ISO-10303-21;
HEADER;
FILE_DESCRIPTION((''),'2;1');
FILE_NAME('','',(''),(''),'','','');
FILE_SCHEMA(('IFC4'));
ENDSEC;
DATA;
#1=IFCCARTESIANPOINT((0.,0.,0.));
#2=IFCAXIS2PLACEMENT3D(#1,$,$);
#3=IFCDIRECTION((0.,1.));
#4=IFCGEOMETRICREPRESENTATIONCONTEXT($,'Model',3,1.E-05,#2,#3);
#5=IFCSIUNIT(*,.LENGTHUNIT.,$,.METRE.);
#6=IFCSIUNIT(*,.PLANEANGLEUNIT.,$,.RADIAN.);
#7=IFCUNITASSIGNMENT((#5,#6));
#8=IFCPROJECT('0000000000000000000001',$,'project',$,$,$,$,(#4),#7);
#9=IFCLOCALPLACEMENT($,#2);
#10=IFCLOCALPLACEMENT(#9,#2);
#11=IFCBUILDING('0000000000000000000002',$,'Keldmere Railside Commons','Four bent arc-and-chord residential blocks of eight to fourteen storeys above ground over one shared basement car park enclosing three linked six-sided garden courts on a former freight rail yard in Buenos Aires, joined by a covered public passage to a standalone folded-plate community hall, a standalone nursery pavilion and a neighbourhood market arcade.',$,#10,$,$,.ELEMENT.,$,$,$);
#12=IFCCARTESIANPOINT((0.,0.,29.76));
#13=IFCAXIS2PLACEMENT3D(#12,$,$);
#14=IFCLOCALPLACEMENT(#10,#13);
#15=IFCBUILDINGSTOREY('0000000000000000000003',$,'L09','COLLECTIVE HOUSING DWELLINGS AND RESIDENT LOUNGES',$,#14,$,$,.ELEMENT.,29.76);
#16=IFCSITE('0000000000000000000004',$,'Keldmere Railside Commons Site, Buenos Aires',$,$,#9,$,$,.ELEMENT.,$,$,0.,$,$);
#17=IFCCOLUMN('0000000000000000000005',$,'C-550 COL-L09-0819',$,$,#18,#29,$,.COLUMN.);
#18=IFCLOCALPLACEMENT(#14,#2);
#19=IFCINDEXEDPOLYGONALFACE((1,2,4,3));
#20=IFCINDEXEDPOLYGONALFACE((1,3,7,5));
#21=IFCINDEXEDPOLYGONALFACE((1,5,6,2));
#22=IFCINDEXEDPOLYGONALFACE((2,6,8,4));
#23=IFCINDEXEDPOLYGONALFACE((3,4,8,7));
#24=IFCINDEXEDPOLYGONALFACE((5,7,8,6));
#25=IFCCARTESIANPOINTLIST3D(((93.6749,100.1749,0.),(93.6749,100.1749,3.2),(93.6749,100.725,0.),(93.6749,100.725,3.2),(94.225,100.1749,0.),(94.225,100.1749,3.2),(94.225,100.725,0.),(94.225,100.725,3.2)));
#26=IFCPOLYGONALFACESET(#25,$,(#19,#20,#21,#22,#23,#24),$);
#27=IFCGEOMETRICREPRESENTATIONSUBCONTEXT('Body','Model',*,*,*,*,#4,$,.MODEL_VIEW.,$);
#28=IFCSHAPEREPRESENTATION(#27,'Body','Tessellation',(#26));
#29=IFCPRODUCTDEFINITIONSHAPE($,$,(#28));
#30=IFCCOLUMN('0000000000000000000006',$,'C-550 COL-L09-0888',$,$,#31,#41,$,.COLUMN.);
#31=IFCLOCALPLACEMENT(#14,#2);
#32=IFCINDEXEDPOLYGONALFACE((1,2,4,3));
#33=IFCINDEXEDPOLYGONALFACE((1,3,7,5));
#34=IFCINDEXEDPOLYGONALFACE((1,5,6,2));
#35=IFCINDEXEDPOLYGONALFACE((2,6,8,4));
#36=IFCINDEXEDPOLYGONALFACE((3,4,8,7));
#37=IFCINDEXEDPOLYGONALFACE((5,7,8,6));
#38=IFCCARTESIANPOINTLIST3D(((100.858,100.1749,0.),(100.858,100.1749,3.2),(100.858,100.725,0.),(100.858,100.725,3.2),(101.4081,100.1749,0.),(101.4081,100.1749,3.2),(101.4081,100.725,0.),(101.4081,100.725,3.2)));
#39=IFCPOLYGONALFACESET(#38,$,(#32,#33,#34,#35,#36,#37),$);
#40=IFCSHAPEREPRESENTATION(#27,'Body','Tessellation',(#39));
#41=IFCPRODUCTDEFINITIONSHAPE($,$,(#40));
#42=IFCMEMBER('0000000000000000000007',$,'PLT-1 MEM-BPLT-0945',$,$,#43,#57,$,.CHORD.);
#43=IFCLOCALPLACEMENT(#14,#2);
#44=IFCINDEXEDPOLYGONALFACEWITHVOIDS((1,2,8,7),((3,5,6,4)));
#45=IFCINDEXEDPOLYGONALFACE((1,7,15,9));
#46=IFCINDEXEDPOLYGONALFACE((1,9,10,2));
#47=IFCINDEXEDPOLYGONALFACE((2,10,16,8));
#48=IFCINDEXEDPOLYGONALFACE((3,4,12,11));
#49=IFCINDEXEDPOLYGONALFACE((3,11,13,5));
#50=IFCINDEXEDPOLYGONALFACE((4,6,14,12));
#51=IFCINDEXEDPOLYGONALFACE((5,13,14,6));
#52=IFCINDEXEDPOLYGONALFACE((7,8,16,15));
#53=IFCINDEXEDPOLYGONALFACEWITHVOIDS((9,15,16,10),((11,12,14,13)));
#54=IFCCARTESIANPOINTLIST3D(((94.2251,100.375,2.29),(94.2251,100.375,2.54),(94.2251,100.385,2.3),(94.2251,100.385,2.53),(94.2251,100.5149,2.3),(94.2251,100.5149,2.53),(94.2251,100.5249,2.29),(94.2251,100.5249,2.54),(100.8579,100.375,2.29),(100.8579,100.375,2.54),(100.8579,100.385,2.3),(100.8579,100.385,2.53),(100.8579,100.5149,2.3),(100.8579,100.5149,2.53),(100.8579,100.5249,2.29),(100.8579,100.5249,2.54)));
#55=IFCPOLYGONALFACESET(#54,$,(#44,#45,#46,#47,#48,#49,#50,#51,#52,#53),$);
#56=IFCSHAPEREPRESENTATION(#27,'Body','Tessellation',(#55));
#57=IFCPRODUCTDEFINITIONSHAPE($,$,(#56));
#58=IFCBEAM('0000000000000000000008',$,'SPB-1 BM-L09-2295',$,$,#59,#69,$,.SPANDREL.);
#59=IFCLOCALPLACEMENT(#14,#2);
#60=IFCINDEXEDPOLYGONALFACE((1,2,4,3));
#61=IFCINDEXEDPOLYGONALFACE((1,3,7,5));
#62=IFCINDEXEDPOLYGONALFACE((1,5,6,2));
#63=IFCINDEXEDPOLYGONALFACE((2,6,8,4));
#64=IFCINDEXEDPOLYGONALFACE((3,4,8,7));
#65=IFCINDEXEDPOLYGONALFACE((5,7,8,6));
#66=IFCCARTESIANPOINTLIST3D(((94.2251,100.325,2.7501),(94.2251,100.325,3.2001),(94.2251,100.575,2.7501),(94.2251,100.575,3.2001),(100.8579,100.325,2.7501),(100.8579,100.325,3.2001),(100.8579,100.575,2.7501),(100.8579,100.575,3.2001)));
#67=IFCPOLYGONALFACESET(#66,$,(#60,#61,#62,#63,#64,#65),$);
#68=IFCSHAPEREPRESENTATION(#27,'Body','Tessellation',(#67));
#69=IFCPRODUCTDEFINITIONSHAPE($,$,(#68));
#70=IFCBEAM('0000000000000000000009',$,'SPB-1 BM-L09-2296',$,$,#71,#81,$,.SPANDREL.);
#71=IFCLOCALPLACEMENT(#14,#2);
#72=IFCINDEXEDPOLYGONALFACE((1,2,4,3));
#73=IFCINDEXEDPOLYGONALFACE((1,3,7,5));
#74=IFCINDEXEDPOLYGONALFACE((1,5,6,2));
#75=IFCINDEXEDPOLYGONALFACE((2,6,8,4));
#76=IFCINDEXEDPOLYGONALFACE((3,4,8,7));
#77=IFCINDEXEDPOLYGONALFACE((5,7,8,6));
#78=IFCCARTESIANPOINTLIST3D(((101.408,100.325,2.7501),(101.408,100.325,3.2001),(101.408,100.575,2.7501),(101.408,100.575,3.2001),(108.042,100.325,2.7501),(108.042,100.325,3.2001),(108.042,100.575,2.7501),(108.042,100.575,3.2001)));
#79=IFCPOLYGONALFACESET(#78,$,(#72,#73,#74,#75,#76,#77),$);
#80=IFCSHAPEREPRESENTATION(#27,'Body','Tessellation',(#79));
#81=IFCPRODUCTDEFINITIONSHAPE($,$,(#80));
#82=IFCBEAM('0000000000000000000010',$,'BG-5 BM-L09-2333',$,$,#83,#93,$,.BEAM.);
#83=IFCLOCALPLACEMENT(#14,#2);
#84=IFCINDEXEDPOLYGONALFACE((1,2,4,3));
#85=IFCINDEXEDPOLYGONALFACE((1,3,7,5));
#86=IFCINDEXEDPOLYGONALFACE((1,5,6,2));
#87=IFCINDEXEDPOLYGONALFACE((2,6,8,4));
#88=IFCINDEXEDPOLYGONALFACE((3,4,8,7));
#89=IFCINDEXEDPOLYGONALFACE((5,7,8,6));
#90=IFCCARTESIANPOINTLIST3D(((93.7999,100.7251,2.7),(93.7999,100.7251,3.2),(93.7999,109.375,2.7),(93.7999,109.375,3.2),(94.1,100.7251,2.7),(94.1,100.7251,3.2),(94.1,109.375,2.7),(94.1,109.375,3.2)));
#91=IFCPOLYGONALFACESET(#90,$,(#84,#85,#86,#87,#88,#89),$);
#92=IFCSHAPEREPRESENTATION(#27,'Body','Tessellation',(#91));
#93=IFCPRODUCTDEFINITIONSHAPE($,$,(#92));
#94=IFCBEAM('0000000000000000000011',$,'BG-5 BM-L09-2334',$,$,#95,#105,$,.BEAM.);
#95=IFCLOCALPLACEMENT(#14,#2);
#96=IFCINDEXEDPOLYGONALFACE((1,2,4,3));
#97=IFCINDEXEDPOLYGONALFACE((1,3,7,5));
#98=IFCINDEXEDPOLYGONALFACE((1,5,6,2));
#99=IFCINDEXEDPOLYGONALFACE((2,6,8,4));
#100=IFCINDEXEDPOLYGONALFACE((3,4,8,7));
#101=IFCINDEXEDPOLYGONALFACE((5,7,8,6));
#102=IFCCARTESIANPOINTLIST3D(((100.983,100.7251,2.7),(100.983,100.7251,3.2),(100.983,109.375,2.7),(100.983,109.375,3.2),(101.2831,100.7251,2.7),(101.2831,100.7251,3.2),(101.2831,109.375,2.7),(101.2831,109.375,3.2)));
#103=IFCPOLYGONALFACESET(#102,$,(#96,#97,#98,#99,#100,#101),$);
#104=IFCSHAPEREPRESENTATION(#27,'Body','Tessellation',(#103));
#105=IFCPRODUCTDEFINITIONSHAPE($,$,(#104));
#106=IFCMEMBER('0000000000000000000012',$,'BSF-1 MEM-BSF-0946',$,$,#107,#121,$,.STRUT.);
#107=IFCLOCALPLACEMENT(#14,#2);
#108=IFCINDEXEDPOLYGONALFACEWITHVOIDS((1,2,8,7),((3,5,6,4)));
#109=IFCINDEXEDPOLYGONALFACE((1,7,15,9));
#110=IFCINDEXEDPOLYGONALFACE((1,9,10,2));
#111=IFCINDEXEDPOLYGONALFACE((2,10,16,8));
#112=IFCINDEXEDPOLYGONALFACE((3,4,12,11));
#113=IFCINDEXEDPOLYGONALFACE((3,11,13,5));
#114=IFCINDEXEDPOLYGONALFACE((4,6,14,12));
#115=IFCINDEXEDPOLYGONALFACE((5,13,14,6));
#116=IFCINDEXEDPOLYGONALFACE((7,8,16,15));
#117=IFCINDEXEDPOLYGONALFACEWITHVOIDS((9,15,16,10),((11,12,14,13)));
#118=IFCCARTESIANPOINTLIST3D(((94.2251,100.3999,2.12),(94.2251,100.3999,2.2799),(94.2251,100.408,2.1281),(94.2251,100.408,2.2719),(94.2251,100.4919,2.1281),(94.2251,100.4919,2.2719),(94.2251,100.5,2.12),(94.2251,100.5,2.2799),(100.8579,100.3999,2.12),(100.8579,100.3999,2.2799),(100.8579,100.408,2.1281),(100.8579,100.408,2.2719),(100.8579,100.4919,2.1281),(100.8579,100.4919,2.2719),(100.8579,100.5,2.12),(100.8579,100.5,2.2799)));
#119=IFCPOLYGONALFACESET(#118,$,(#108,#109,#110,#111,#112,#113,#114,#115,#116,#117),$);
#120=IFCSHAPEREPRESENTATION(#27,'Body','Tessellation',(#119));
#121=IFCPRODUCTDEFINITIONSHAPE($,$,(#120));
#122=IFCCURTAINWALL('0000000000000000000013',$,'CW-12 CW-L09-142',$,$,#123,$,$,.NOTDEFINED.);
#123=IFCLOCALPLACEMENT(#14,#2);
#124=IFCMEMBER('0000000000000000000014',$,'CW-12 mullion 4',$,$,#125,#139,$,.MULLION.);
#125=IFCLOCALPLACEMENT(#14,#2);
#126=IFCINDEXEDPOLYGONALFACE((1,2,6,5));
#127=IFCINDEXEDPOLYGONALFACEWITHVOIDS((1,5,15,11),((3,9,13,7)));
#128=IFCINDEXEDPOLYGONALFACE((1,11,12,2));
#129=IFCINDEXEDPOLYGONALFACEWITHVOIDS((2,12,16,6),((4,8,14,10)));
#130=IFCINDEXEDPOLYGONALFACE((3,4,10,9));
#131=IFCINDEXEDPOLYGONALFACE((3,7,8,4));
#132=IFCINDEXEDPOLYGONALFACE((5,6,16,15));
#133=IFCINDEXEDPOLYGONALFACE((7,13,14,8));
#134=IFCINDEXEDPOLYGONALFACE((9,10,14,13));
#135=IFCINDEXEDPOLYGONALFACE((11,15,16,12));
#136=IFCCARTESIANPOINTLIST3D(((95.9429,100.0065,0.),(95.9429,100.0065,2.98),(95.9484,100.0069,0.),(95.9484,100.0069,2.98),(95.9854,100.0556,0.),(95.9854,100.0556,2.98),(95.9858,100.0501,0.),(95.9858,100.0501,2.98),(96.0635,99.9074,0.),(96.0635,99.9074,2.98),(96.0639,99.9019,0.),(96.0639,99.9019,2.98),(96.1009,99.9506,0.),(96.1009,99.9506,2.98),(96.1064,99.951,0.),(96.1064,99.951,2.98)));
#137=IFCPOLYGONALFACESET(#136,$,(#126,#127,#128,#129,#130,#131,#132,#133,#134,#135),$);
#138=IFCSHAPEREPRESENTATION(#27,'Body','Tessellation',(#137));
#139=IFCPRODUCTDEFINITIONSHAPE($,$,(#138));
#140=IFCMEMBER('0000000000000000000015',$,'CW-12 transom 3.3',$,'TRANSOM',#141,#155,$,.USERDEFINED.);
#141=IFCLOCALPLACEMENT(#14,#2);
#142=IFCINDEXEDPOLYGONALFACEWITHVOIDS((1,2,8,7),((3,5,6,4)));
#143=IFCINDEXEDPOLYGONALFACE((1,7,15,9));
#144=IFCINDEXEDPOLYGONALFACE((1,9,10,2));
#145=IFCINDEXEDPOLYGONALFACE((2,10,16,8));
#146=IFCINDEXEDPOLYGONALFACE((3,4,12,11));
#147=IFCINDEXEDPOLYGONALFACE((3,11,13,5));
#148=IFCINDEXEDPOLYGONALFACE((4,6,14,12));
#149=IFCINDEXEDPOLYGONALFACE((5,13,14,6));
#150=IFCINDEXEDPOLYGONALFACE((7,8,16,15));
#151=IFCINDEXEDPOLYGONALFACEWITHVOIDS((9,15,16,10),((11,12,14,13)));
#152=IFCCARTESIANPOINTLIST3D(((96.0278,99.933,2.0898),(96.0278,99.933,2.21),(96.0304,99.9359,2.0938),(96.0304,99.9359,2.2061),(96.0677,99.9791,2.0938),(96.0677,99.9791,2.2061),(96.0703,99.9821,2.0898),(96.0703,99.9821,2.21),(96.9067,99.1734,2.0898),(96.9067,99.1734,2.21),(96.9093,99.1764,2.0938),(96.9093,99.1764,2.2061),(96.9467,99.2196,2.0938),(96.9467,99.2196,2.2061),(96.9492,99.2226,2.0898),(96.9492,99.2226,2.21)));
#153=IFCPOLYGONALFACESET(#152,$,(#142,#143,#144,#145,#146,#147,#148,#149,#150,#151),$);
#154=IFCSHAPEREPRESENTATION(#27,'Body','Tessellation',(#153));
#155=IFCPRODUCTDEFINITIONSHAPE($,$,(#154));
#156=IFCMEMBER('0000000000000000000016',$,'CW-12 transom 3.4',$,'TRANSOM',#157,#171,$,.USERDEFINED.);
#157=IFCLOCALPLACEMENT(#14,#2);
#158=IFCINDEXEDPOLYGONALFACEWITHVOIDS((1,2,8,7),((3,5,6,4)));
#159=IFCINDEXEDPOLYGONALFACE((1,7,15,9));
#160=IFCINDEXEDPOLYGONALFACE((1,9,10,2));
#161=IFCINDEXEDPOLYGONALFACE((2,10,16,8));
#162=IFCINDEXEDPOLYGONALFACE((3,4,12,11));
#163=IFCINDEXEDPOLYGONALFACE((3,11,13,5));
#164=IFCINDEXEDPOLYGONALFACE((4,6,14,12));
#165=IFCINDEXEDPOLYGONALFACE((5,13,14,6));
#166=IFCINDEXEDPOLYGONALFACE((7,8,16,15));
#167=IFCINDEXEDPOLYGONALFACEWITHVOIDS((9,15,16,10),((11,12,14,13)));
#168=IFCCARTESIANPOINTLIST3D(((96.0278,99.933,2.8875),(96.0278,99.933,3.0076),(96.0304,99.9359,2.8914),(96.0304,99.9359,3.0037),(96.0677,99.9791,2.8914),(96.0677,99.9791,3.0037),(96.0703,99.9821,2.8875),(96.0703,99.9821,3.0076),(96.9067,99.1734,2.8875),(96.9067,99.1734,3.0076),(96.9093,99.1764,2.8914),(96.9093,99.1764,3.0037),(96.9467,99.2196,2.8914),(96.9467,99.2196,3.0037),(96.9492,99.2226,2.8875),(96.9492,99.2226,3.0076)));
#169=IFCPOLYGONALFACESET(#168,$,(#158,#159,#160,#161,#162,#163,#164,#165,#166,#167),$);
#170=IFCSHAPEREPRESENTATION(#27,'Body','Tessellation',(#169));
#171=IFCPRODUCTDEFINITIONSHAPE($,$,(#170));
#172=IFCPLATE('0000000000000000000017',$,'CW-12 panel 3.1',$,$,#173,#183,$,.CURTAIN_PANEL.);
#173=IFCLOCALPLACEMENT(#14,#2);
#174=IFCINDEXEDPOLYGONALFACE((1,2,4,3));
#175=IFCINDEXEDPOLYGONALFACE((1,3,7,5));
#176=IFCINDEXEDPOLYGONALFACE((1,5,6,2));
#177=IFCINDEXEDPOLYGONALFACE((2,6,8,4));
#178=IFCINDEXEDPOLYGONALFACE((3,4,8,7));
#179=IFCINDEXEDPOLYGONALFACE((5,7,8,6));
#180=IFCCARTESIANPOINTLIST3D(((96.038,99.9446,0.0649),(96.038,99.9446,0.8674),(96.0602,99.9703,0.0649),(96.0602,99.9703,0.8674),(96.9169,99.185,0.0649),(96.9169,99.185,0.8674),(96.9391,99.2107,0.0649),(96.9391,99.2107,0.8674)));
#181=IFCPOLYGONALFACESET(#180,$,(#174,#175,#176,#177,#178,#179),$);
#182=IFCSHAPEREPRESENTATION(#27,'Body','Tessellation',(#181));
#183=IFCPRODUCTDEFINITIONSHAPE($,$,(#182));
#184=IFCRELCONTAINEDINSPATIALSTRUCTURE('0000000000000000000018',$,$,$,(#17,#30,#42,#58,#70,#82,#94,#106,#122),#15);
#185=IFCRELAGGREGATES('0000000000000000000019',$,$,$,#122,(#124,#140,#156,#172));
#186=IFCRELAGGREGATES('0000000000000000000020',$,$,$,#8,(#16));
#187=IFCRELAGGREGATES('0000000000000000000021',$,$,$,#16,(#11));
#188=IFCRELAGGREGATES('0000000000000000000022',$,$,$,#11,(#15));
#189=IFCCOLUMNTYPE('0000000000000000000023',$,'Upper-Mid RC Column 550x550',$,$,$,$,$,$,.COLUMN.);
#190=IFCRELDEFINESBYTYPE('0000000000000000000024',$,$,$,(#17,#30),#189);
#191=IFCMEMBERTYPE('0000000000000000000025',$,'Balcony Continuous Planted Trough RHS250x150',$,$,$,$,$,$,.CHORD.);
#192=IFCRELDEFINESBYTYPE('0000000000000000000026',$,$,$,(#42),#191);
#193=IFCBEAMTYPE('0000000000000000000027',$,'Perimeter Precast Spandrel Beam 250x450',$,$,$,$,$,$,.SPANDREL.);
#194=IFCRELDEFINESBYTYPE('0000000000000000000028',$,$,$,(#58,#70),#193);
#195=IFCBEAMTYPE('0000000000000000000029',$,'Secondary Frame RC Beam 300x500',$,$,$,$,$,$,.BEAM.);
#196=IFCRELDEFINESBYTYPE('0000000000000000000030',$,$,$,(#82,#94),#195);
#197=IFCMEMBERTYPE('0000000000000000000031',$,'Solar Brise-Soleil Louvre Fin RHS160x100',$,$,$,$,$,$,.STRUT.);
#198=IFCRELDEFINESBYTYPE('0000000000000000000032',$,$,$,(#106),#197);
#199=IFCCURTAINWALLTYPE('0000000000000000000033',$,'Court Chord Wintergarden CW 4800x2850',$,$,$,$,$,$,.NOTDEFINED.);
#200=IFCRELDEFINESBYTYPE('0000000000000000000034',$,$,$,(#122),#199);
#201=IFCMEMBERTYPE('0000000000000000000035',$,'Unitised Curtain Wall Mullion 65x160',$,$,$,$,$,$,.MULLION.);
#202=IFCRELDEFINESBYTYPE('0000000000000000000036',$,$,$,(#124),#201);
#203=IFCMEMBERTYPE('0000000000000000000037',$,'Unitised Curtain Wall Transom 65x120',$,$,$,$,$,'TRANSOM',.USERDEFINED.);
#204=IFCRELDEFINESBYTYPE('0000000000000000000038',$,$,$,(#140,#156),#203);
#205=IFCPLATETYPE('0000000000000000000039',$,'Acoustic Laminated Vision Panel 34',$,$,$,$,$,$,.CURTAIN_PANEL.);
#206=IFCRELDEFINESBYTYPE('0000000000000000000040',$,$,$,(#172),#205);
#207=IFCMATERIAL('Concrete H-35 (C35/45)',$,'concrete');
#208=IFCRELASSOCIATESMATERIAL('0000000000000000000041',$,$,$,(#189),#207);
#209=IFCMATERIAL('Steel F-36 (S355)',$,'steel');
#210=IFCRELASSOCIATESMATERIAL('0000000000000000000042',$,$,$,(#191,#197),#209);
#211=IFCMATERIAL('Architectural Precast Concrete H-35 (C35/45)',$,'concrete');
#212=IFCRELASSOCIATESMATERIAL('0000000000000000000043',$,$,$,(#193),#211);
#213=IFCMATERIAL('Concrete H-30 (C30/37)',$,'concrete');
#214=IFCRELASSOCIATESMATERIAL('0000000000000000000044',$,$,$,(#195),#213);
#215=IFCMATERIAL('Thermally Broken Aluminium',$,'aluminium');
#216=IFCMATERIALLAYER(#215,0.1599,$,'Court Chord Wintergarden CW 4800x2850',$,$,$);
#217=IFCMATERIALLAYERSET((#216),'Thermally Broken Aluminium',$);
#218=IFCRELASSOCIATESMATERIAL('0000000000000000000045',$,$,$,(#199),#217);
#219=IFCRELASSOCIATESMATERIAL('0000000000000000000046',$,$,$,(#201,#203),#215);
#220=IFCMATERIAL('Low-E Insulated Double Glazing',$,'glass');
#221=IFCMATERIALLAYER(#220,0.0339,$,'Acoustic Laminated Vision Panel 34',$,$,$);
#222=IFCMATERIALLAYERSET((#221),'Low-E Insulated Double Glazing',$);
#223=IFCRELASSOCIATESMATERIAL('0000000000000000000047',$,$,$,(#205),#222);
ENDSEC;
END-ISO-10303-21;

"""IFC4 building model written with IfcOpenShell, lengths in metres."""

from ifc_helpers import new_model, si_unit, direction, frame, origin, origin_2d, place, context, subcontext, project, spatial, rectangle, hollow_rectangle, extrude, material, layer, layer_set, material_profile, profile_set, type_object, element, aggregate, save


model = new_model("IFC4")

# Units and contexts
model_context = context("Model", 3, precision=1e-05, world=origin(), true_north=direction((0.0, 1.0)))
body_context = subcontext(model_context, "Body", "Model", "MODEL_VIEW")
ifc_project = project(units=[si_unit("LENGTHUNIT", "METRE"), si_unit("PLANEANGLEUNIT", "RADIAN")], contexts=[model_context])

# Site, building, storey
site_placement = place(None, origin())
site = spatial("IfcSite", under=ifc_project, at=site_placement, Name="Keldmere Railside Commons Site, Buenos Aires", CompositionType="ELEMENT", RefElevation=0.0)
building_placement = place(site_placement, origin())
building = spatial("IfcBuilding", under=site, at=building_placement, Name="Keldmere Railside Commons", Description="Four bent arc-and-chord residential blocks of eight to fourteen storeys above ground over one shared basement car park enclosing three linked six-sided garden courts on a former freight rail yard in Buenos Aires, joined by a covered public passage to a standalone folded-plate community hall, a standalone nursery pavilion and a neighbourhood market arcade.", CompositionType="ELEMENT")
storey_placement = place(building_placement, frame((0.0, 0.0, 29.76)))
storey = spatial("IfcBuildingStorey", under=building, at=storey_placement, Name="L09", Description="COLLECTIVE HOUSING DWELLINGS AND RESIDENT LOUNGES", CompositionType="ELEMENT", Elevation=29.76)

# Columns
ifc_material_1 = material(Name="Concrete H-35 (C35/45)", Category="concrete")
ifc_material_profile_1 = material_profile(ifc_material_1, rectangle(XDim=0.55, YDim=0.55, at=origin_2d()), Name="RC-550x550")
ifc_profile_set_1 = profile_set([ifc_material_profile_1], Name="Concrete H-35 (C35/45)")
column_type = type_object("IfcColumnType", Name="Upper-Mid RC Column 550x550", PredefinedType="COLUMN", material=ifc_profile_set_1)
for number, where, z_axis, x_axis, name in (
    (1, (93.95, 100.45, 0.0), (0.0, 0.0, 1.0), (1.0, 0.0, 0.0), "C-550 COL-L09-0819"),
    (2, (101.1331, 100.45, 0.0), (0.0, 0.0, 1.0), (1.0, 0.0, 0.0), "C-550 COL-L09-0888"),
):
    element("IfcColumn", number, at=place(storey_placement, frame(where, z_axis=z_axis, x_axis=x_axis)), inside=storey, type_object=column_type, Name=name, PredefinedType="COLUMN", context=body_context, shape_type="SweptSolid", body=[
        extrude(rectangle(XDim=0.55, YDim=0.55, at=origin_2d()), origin(), (0.0, 0.0, 1.0), 3.2),
    ])

# Member
ifc_material_2 = material(Name="Steel F-36 (S355)", Category="steel")
ifc_material_profile_2 = material_profile(ifc_material_2, hollow_rectangle(XDim=0.1499, YDim=0.25, WallThickness=0.01, at=origin_2d()), Name="RHS-250x150x10")
ifc_profile_set_2 = profile_set([ifc_material_profile_2], Name="Steel F-36 (S355)")
member_type_1 = type_object("IfcMemberType", Name="Balcony Continuous Planted Trough RHS250x150", PredefinedType="CHORD", material=ifc_profile_set_2)
member_1_placement = place(storey_placement, frame((94.2251, 100.45, 2.415), z_axis=(1.0, 0.0, 0.0), x_axis=(0.0, 1.0, 0.0)))
element("IfcMember", 3, at=member_1_placement, inside=storey, type_object=member_type_1, Name="PLT-1 MEM-BPLT-0945", PredefinedType="CHORD", context=body_context, shape_type="SweptSolid", body=[
    extrude(hollow_rectangle(XDim=0.1499, YDim=0.25, WallThickness=0.01, at=origin_2d()), origin(), (0.0, 0.0, 1.0), 6.6328),
])

# Beams
ifc_material_3 = material(Name="Architectural Precast Concrete H-35 (C35/45)", Category="concrete")
ifc_material_profile_3 = material_profile(ifc_material_3, rectangle(XDim=0.25, YDim=0.45, at=origin_2d()), Name="RC-250x450")
ifc_profile_set_3 = profile_set([ifc_material_profile_3], Name="Architectural Precast Concrete H-35 (C35/45)")
beam_type_1 = type_object("IfcBeamType", Name="Perimeter Precast Spandrel Beam 250x450", PredefinedType="SPANDREL", material=ifc_profile_set_3)
beam_1_placement = place(storey_placement, frame((94.2251, 100.45, 2.9751), z_axis=(1.0, 0.0, 0.0), x_axis=(0.0, 1.0, 0.0)))
element("IfcBeam", 4, at=beam_1_placement, inside=storey, type_object=beam_type_1, Name="SPB-1 BM-L09-2295", PredefinedType="SPANDREL", context=body_context, shape_type="SweptSolid", body=[
    extrude(rectangle(XDim=0.25, YDim=0.45, at=origin_2d()), origin(), (0.0, 0.0, 1.0), 6.6328),
])
beam_2_placement = place(storey_placement, frame((101.408, 100.45, 2.9751), z_axis=(1.0, 0.0, 0.0), x_axis=(0.0, 1.0, 0.0)))
element("IfcBeam", 5, at=beam_2_placement, inside=storey, type_object=beam_type_1, Name="SPB-1 BM-L09-2296", PredefinedType="SPANDREL", context=body_context, shape_type="SweptSolid", body=[
    extrude(rectangle(XDim=0.25, YDim=0.45, at=origin_2d()), origin(), (0.0, 0.0, 1.0), 6.634),
])
ifc_material_4 = material(Name="Concrete H-30 (C30/37)", Category="concrete")
ifc_material_profile_4 = material_profile(ifc_material_4, rectangle(XDim=0.3, YDim=0.5, at=origin_2d()), Name="RC-300x500")
ifc_profile_set_4 = profile_set([ifc_material_profile_4], Name="Concrete H-30 (C30/37)")
beam_type_2 = type_object("IfcBeamType", Name="Secondary Frame RC Beam 300x500", PredefinedType="BEAM", material=ifc_profile_set_4)
for number, where, z_axis, x_axis, name in (
    (6, (93.95, 100.7251, 2.95), (0.0, 1.0, 0.0), (-1.0, 0.0, 0.0), "BG-5 BM-L09-2333"),
    (7, (101.1331, 100.7251, 2.95), (0.0, 1.0, 0.0), (-1.0, 0.0, 0.0), "BG-5 BM-L09-2334"),
):
    element("IfcBeam", number, at=place(storey_placement, frame(where, z_axis=z_axis, x_axis=x_axis)), inside=storey, type_object=beam_type_2, Name=name, PredefinedType="BEAM", context=body_context, shape_type="SweptSolid", body=[
        extrude(rectangle(XDim=0.3, YDim=0.5, at=origin_2d()), origin(), (0.0, 0.0, 1.0), 8.6499),
    ])

# Member
ifc_material_profile_5 = material_profile(ifc_material_2, hollow_rectangle(XDim=0.1001, YDim=0.1599, WallThickness=0.0081, at=origin_2d()), Name="RHS-160x100x8")
ifc_profile_set_5 = profile_set([ifc_material_profile_5], Name="Steel F-36 (S355)")
member_type_2 = type_object("IfcMemberType", Name="Solar Brise-Soleil Louvre Fin RHS160x100", PredefinedType="STRUT", material=ifc_profile_set_5)
member_2_placement = place(storey_placement, frame((94.2251, 100.45, 2.2), z_axis=(1.0, 0.0, 0.0), x_axis=(0.0, 1.0, 0.0)))
element("IfcMember", 8, at=member_2_placement, inside=storey, type_object=member_type_2, Name="BSF-1 MEM-BSF-0946", PredefinedType="STRUT", context=body_context, shape_type="SweptSolid", body=[
    extrude(hollow_rectangle(XDim=0.1001, YDim=0.1599, WallThickness=0.0081, at=origin_2d()), origin(), (0.0, 0.0, 1.0), 6.6328),
])

# Curtain wall, members, plate
ifc_material_5 = material(Name="Thermally Broken Aluminium", Category="aluminium")
ifc_layer_1 = layer(ifc_material_5, 0.1599, Name="Court Chord Wintergarden CW 4800x2850")
ifc_layer_set_1 = layer_set([ifc_layer_1], Name="Thermally Broken Aluminium")
curtain_wall_type = type_object("IfcCurtainWallType", Name="Court Chord Wintergarden CW 4800x2850", PredefinedType="NOTDEFINED", material=ifc_layer_set_1)
curtain_wall_placement = place(storey_placement, origin())
curtain_wall = element("IfcCurtainWall", 9, at=curtain_wall_placement, inside=storey, type_object=curtain_wall_type, Name="CW-12 CW-L09-142", PredefinedType="NOTDEFINED")
ifc_material_profile_6 = material_profile(ifc_material_5, hollow_rectangle(XDim=0.0649, YDim=0.1599, WallThickness=0.0039, at=origin_2d()), Name="ALU-MULL-65x160")
ifc_profile_set_6 = profile_set([ifc_material_profile_6], Name="Thermally Broken Aluminium")
member_type_3 = type_object("IfcMemberType", Name="Unitised Curtain Wall Mullion 65x160", PredefinedType="MULLION", material=ifc_profile_set_6)
member_3_placement = place(storey_placement, frame((96.0247, 99.9788, 0.0), z_axis=(0.0, 0.0, 1.0), x_axis=(-0.653882, -0.756597, 0.0)))
member_3 = element("IfcMember", 10, at=member_3_placement, type_object=member_type_3, Name="CW-12 mullion 4", PredefinedType="MULLION", context=body_context, shape_type="SweptSolid", body=[
    extrude(hollow_rectangle(XDim=0.0649, YDim=0.1599, WallThickness=0.0039, at=origin_2d()), origin(), (0.0, 0.0, 1.0), 2.98),
])
ifc_material_profile_7 = material_profile(ifc_material_5, hollow_rectangle(XDim=0.0649, YDim=0.1201, WallThickness=0.0039, at=origin_2d()), Name="ALU-TRAN-65x120")
ifc_profile_set_7 = profile_set([ifc_material_profile_7], Name="Thermally Broken Aluminium")
member_type_4 = type_object("IfcMemberType", Name="Unitised Curtain Wall Transom 65x120", ElementType="TRANSOM", PredefinedType="USERDEFINED", material=ifc_profile_set_7)
member_4_placement = place(storey_placement, frame((96.928, 99.198, 2.1499), z_axis=(-0.756624, 0.65385, 0.0), x_axis=(-0.65385, -0.756624, 0.0)))
member_4 = element("IfcMember", 11, at=member_4_placement, type_object=member_type_4, Name="CW-12 transom 3.3", ObjectType="TRANSOM", PredefinedType="USERDEFINED", context=body_context, shape_type="SweptSolid", body=[
    extrude(hollow_rectangle(XDim=0.0649, YDim=0.1201, WallThickness=0.0039, at=origin_2d()), origin(), (0.0, 0.0, 1.0), 1.1616),
])
member_5_placement = place(storey_placement, frame((96.928, 99.198, 2.9475), z_axis=(-0.756624, 0.65385, 0.0), x_axis=(-0.65385, -0.756624, 0.0)))
member_5 = element("IfcMember", 12, at=member_5_placement, type_object=member_type_4, Name="CW-12 transom 3.4", ObjectType="TRANSOM", PredefinedType="USERDEFINED", context=body_context, shape_type="SweptSolid", body=[
    extrude(hollow_rectangle(XDim=0.0649, YDim=0.1201, WallThickness=0.0039, at=origin_2d()), origin(), (0.0, 0.0, 1.0), 1.1616),
])
ifc_material_6 = material(Name="Low-E Insulated Double Glazing", Category="glass")
ifc_layer_2 = layer(ifc_material_6, 0.0339, Name="Acoustic Laminated Vision Panel 34")
ifc_layer_set_2 = layer_set([ifc_layer_2], Name="Low-E Insulated Double Glazing")
plate_type = type_object("IfcPlateType", Name="Acoustic Laminated Vision Panel 34", PredefinedType="CURTAIN_PANEL", material=ifc_layer_set_2)
plate_1_placement = place(storey_placement, frame((96.4885, 99.5776, 0.0649), z_axis=(0.0, 0.0, 1.0), x_axis=(-0.756597, 0.653882, 0.0)))
plate_1 = element("IfcPlate", 13, at=plate_1_placement, type_object=plate_type, Name="CW-12 panel 3.1", PredefinedType="CURTAIN_PANEL", context=body_context, shape_type="SweptSolid", body=[
    extrude(rectangle(XDim=1.1616, YDim=0.0339, at=origin_2d()), origin(), (0.0, 0.0, 1.0), 0.8025),
])
aggregate(curtain_wall, [member_3, member_4, member_5, plate_1])

save(model, "model.ifc")
